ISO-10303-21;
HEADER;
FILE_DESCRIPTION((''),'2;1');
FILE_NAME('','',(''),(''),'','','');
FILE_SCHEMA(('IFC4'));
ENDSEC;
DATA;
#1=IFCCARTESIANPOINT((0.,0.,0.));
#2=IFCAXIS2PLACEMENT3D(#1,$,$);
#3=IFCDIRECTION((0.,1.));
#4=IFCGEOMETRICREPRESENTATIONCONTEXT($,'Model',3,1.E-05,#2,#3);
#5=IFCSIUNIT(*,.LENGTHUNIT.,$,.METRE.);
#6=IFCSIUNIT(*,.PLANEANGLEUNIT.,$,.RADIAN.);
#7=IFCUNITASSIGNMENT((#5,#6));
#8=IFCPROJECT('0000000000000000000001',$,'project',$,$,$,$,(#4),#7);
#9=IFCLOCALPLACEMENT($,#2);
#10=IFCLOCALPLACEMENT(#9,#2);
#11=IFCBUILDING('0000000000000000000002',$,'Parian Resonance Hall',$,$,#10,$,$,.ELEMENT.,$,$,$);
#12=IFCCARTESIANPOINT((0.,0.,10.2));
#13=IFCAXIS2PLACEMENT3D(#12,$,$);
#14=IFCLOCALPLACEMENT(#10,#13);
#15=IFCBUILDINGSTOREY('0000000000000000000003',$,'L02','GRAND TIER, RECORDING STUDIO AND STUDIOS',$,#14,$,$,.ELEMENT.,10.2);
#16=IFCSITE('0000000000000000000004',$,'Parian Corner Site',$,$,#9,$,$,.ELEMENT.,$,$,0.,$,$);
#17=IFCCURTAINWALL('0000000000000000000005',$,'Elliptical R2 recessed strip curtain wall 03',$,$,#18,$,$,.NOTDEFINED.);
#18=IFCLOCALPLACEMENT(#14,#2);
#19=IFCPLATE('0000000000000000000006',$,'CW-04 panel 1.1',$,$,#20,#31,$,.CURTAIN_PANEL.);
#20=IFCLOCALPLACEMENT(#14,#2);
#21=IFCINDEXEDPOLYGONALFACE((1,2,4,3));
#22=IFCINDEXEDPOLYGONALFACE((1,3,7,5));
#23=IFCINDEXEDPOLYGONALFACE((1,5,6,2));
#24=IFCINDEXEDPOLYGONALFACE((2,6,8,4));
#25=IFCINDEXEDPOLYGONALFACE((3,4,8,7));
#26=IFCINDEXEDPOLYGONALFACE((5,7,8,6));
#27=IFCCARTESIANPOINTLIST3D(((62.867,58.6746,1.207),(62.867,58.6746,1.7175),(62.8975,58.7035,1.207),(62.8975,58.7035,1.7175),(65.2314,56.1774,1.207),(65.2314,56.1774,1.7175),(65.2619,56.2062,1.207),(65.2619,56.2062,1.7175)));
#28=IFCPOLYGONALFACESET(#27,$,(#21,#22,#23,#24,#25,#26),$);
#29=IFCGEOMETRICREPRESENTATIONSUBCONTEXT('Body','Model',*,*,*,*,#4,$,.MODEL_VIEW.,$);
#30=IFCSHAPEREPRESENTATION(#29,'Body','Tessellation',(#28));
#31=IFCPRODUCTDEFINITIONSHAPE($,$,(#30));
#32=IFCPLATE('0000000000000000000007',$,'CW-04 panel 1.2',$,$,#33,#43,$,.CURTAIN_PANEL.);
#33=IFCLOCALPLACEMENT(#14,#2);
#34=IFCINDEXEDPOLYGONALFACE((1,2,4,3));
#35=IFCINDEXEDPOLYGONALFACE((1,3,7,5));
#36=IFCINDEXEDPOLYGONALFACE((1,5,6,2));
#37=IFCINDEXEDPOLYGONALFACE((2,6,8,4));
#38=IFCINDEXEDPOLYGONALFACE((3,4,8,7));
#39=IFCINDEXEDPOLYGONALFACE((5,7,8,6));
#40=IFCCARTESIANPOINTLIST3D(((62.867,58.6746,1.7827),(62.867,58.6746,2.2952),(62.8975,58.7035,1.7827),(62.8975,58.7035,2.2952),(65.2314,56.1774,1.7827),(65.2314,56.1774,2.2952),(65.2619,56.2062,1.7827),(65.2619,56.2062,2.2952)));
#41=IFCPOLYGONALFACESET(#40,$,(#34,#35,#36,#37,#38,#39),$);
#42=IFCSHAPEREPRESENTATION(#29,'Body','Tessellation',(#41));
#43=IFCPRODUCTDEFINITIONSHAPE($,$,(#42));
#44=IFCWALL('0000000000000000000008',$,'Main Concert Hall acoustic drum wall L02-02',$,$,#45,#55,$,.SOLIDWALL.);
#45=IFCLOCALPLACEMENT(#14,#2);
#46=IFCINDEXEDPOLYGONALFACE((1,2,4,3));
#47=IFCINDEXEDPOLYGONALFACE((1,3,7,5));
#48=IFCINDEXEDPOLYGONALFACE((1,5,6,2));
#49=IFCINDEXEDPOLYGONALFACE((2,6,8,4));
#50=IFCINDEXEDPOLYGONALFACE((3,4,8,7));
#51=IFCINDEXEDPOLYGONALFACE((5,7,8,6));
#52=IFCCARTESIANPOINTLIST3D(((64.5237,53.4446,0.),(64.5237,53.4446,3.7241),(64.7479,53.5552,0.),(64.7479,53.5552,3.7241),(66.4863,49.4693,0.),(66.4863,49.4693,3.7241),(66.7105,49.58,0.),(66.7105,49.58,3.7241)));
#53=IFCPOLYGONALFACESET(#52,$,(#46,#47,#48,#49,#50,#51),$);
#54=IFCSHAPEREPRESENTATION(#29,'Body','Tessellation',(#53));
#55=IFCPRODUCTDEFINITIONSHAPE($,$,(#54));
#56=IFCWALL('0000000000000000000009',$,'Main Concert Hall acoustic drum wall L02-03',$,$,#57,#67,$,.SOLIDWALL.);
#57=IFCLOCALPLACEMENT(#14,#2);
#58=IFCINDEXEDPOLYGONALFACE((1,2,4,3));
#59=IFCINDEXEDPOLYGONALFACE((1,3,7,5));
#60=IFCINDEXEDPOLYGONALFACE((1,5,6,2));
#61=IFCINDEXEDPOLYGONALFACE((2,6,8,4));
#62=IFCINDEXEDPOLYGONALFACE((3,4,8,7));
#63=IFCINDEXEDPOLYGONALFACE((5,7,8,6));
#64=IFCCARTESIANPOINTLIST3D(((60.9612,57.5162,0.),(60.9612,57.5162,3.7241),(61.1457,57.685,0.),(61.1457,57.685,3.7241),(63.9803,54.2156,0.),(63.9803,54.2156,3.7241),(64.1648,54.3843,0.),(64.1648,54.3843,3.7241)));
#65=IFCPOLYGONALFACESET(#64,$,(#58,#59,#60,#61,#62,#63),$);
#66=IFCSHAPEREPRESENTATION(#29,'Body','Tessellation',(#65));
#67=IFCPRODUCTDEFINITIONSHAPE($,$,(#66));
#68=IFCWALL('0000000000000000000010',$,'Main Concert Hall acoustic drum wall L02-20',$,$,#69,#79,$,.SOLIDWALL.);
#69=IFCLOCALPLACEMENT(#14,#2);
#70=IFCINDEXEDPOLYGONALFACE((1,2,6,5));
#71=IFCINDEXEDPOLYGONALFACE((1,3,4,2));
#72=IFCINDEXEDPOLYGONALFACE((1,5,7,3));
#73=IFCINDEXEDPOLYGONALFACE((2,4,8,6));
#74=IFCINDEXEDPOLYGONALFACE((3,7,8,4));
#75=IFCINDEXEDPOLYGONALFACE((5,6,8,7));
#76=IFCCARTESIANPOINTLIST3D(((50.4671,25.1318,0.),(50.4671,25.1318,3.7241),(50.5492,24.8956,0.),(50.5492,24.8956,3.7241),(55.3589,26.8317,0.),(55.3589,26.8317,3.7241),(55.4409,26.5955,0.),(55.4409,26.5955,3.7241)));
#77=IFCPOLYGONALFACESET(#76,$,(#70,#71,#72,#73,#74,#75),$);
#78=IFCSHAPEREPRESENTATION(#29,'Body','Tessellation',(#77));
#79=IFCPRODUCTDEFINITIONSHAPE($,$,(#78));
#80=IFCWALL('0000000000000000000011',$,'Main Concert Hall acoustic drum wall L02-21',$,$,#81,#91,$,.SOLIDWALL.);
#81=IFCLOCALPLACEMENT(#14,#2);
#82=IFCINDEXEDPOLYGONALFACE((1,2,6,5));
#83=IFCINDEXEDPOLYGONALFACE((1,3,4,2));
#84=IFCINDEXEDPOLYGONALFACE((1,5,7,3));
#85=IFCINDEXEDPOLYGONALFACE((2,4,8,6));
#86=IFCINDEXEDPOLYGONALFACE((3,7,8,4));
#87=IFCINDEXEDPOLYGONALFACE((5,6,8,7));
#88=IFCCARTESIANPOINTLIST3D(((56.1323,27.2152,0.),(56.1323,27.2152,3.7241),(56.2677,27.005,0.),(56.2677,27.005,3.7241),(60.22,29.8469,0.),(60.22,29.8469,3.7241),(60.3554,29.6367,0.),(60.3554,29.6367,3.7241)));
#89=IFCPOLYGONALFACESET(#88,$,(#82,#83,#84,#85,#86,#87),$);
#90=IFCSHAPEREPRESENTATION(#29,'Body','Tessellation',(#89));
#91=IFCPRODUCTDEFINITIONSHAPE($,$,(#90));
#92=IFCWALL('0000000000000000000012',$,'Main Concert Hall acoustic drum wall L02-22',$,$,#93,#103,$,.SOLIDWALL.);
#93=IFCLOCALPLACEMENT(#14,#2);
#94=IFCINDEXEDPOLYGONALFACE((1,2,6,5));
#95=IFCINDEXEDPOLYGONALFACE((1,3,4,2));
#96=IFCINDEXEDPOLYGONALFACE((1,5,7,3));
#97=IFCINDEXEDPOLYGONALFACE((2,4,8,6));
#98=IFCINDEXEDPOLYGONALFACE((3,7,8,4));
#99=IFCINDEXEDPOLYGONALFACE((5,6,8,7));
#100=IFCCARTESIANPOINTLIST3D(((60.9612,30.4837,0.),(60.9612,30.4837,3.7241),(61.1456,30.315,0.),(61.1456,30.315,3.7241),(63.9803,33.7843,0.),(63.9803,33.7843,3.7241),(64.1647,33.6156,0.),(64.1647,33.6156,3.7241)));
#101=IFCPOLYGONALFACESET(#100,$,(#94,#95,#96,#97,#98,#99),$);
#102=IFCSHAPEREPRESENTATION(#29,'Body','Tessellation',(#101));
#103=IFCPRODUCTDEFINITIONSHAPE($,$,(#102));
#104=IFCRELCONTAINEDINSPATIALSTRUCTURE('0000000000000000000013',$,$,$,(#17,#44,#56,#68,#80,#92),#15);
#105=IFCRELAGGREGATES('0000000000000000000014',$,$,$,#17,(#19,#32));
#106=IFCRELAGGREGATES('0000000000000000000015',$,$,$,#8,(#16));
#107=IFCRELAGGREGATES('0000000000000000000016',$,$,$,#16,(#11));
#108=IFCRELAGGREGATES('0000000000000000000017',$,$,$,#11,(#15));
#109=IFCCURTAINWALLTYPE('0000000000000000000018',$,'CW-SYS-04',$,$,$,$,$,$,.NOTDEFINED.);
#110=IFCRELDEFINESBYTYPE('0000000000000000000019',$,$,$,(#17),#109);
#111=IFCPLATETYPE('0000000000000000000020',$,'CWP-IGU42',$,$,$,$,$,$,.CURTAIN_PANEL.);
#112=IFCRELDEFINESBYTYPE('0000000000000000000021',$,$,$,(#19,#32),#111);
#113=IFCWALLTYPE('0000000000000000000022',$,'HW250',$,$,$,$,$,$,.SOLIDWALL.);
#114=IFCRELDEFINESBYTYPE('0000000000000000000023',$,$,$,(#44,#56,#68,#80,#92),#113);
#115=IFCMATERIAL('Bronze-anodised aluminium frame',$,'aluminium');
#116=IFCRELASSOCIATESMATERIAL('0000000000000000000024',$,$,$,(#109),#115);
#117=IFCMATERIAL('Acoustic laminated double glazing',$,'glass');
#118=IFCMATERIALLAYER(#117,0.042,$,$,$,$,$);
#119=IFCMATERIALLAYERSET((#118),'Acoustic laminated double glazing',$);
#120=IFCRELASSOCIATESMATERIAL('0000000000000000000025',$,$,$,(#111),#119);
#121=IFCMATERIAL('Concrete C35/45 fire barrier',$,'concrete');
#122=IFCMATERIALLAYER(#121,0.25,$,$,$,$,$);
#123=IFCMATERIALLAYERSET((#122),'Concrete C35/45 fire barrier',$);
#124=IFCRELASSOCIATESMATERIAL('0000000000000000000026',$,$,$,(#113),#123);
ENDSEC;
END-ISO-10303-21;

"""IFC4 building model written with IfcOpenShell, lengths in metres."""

from ifc_helpers import new_model, si_unit, direction, frame, frame_2d, origin, origin_2d, place, context, subcontext, project, spatial, rectangle, extrude, material, layer, layer_set, type_object, element, aggregate, save


model = new_model("IFC4")

# Units and contexts
model_context = context("Model", 3, precision=1e-05, world=origin(), true_north=direction((0.0, 1.0)))
body_context = subcontext(model_context, "Body", "Model", "MODEL_VIEW")
ifc_project = project(units=[si_unit("LENGTHUNIT", "METRE"), si_unit("PLANEANGLEUNIT", "RADIAN")], contexts=[model_context])

# Site, building, storey
site_placement = place(None, origin())
site = spatial("IfcSite", under=ifc_project, at=site_placement, Name="Parian Corner Site", CompositionType="ELEMENT", RefElevation=0.0)
building_placement = place(site_placement, origin())
building = spatial("IfcBuilding", under=site, at=building_placement, Name="Parian Resonance Hall", CompositionType="ELEMENT")
storey_placement = place(building_placement, frame((0.0, 0.0, 10.2)))
storey = spatial("IfcBuildingStorey", under=building, at=storey_placement, Name="L02", Description="GRAND TIER, RECORDING STUDIO AND STUDIOS", CompositionType="ELEMENT", Elevation=10.2)

# Curtain wall, plates
ifc_material_1 = material(Name="Bronze-anodised aluminium frame", Category="aluminium")
curtain_wall_type = type_object("IfcCurtainWallType", Name="CW-SYS-04", PredefinedType="NOTDEFINED", material=ifc_material_1)
curtain_wall_placement = place(storey_placement, origin())
curtain_wall = element("IfcCurtainWall", 1, at=curtain_wall_placement, inside=storey, type_object=curtain_wall_type, Name="Elliptical R2 recessed strip curtain wall 03", PredefinedType="NOTDEFINED")
ifc_material_2 = material(Name="Acoustic laminated double glazing", Category="glass")
ifc_layer_1 = layer(ifc_material_2, 0.042)
ifc_layer_set_1 = layer_set([ifc_layer_1], Name="Acoustic laminated double glazing")
plate_type = type_object("IfcPlateType", Name="CWP-IGU42", PredefinedType="CURTAIN_PANEL", material=ifc_layer_set_1)
plate_1_placement = place(storey_placement, frame((64.0645, 57.4404, 1.207), z_axis=(0.0, 0.0, 1.0), x_axis=(0.687523, -0.726163, 0.0)))
plate_1 = element("IfcPlate", 2, at=plate_1_placement, type_object=plate_type, Name="CW-04 panel 1.1", PredefinedType="CURTAIN_PANEL", context=body_context, shape_type="SweptSolid", body=[
    extrude(rectangle(XDim=3.439, YDim=0.042, at=origin_2d()), origin(), (0.0, 0.0, 1.0), 0.5105),
])
plate_2_placement = place(storey_placement, frame((64.0645, 57.4404, 1.7827), z_axis=(0.0, 0.0, 1.0), x_axis=(0.687523, -0.726163, 0.0)))
plate_2 = element("IfcPlate", 3, at=plate_2_placement, type_object=plate_type, Name="CW-04 panel 1.2", PredefinedType="CURTAIN_PANEL", context=body_context, shape_type="SweptSolid", body=[
    extrude(rectangle(XDim=3.439, YDim=0.042, at=origin_2d()), origin(), (0.0, 0.0, 1.0), 0.5125),
])
aggregate(curtain_wall, [plate_1, plate_2])

# Walls
ifc_material_3 = material(Name="Concrete C35/45 fire barrier", Category="concrete")
ifc_layer_2 = layer(ifc_material_3, 0.25)
ifc_layer_set_2 = layer_set([ifc_layer_2], Name="Concrete C35/45 fire barrier")
wall_type = type_object("IfcWallType", Name="HW250", PredefinedType="SOLIDWALL", material=ifc_layer_set_2)
wall_1_placement = place(storey_placement, frame((64.6357, 53.5, 0.0), z_axis=(0.0, 0.0, 1.0), x_axis=(0.442692, -0.896674, 0.0)))
element("IfcWall", 4, at=wall_1_placement, inside=storey, type_object=wall_type, Name="Main Concert Hall acoustic drum wall L02-02", PredefinedType="SOLIDWALL", context=body_context, shape_type="SweptSolid", body=[
    extrude(rectangle(XDim=4.4333, YDim=0.25, at=frame_2d((2.2168, 0.0))), origin(), (0.0, 0.0, 1.0), 3.7241),
])
wall_2_placement = place(storey_placement, frame((61.0535, 57.6006, 0.0), z_axis=(0.0, 0.0, 1.0), x_axis=(0.674941, -0.737872, 0.0)))
element("IfcWall", 5, at=wall_2_placement, inside=storey, type_object=wall_type, Name="Main Concert Hall acoustic drum wall L02-03", PredefinedType="SOLIDWALL", context=body_context, shape_type="SweptSolid", body=[
    extrude(rectangle(XDim=4.4731, YDim=0.25, at=frame_2d((2.2366, 0.0))), origin(), (0.0, 0.0, 1.0), 3.7241),
])
wall_3_placement = place(storey_placement, frame((55.3999, 26.7136, 0.0), z_axis=(0.0, 0.0, 1.0), x_axis=(-0.94459, -0.328252, 0.0)))
element("IfcWall", 6, at=wall_3_placement, inside=storey, type_object=wall_type, Name="Main Concert Hall acoustic drum wall L02-20", PredefinedType="SOLIDWALL", context=body_context, shape_type="SweptSolid", body=[
    extrude(rectangle(XDim=5.1787, YDim=0.25, at=frame_2d((2.5894, 0.0))), origin(), (0.0, 0.0, 1.0), 3.7241),
])
wall_4_placement = place(storey_placement, frame((60.2876, 29.7417, 0.0), z_axis=(0.0, 0.0, 1.0), x_axis=(-0.840821, -0.541313, 0.0)))
element("IfcWall", 7, at=wall_4_placement, inside=storey, type_object=wall_type, Name="Main Concert Hall acoustic drum wall L02-21", PredefinedType="SOLIDWALL", context=body_context, shape_type="SweptSolid", body=[
    extrude(rectangle(XDim=4.8616, YDim=0.25, at=frame_2d((2.4307, 0.0))), origin(), (0.0, 0.0, 1.0), 3.7241),
])
wall_5_placement = place(storey_placement, frame((64.0725, 33.7, 0.0), z_axis=(0.0, 0.0, 1.0), x_axis=(-0.674941, -0.737872, 0.0)))
element("IfcWall", 8, at=wall_5_placement, inside=storey, type_object=wall_type, Name="Main Concert Hall acoustic drum wall L02-22", PredefinedType="SOLIDWALL", context=body_context, shape_type="SweptSolid", body=[
    extrude(rectangle(XDim=4.4731, YDim=0.25, at=frame_2d((2.2366, 0.0))), origin(), (0.0, 0.0, 1.0), 3.7241),
])

save(model, "model.ifc")
